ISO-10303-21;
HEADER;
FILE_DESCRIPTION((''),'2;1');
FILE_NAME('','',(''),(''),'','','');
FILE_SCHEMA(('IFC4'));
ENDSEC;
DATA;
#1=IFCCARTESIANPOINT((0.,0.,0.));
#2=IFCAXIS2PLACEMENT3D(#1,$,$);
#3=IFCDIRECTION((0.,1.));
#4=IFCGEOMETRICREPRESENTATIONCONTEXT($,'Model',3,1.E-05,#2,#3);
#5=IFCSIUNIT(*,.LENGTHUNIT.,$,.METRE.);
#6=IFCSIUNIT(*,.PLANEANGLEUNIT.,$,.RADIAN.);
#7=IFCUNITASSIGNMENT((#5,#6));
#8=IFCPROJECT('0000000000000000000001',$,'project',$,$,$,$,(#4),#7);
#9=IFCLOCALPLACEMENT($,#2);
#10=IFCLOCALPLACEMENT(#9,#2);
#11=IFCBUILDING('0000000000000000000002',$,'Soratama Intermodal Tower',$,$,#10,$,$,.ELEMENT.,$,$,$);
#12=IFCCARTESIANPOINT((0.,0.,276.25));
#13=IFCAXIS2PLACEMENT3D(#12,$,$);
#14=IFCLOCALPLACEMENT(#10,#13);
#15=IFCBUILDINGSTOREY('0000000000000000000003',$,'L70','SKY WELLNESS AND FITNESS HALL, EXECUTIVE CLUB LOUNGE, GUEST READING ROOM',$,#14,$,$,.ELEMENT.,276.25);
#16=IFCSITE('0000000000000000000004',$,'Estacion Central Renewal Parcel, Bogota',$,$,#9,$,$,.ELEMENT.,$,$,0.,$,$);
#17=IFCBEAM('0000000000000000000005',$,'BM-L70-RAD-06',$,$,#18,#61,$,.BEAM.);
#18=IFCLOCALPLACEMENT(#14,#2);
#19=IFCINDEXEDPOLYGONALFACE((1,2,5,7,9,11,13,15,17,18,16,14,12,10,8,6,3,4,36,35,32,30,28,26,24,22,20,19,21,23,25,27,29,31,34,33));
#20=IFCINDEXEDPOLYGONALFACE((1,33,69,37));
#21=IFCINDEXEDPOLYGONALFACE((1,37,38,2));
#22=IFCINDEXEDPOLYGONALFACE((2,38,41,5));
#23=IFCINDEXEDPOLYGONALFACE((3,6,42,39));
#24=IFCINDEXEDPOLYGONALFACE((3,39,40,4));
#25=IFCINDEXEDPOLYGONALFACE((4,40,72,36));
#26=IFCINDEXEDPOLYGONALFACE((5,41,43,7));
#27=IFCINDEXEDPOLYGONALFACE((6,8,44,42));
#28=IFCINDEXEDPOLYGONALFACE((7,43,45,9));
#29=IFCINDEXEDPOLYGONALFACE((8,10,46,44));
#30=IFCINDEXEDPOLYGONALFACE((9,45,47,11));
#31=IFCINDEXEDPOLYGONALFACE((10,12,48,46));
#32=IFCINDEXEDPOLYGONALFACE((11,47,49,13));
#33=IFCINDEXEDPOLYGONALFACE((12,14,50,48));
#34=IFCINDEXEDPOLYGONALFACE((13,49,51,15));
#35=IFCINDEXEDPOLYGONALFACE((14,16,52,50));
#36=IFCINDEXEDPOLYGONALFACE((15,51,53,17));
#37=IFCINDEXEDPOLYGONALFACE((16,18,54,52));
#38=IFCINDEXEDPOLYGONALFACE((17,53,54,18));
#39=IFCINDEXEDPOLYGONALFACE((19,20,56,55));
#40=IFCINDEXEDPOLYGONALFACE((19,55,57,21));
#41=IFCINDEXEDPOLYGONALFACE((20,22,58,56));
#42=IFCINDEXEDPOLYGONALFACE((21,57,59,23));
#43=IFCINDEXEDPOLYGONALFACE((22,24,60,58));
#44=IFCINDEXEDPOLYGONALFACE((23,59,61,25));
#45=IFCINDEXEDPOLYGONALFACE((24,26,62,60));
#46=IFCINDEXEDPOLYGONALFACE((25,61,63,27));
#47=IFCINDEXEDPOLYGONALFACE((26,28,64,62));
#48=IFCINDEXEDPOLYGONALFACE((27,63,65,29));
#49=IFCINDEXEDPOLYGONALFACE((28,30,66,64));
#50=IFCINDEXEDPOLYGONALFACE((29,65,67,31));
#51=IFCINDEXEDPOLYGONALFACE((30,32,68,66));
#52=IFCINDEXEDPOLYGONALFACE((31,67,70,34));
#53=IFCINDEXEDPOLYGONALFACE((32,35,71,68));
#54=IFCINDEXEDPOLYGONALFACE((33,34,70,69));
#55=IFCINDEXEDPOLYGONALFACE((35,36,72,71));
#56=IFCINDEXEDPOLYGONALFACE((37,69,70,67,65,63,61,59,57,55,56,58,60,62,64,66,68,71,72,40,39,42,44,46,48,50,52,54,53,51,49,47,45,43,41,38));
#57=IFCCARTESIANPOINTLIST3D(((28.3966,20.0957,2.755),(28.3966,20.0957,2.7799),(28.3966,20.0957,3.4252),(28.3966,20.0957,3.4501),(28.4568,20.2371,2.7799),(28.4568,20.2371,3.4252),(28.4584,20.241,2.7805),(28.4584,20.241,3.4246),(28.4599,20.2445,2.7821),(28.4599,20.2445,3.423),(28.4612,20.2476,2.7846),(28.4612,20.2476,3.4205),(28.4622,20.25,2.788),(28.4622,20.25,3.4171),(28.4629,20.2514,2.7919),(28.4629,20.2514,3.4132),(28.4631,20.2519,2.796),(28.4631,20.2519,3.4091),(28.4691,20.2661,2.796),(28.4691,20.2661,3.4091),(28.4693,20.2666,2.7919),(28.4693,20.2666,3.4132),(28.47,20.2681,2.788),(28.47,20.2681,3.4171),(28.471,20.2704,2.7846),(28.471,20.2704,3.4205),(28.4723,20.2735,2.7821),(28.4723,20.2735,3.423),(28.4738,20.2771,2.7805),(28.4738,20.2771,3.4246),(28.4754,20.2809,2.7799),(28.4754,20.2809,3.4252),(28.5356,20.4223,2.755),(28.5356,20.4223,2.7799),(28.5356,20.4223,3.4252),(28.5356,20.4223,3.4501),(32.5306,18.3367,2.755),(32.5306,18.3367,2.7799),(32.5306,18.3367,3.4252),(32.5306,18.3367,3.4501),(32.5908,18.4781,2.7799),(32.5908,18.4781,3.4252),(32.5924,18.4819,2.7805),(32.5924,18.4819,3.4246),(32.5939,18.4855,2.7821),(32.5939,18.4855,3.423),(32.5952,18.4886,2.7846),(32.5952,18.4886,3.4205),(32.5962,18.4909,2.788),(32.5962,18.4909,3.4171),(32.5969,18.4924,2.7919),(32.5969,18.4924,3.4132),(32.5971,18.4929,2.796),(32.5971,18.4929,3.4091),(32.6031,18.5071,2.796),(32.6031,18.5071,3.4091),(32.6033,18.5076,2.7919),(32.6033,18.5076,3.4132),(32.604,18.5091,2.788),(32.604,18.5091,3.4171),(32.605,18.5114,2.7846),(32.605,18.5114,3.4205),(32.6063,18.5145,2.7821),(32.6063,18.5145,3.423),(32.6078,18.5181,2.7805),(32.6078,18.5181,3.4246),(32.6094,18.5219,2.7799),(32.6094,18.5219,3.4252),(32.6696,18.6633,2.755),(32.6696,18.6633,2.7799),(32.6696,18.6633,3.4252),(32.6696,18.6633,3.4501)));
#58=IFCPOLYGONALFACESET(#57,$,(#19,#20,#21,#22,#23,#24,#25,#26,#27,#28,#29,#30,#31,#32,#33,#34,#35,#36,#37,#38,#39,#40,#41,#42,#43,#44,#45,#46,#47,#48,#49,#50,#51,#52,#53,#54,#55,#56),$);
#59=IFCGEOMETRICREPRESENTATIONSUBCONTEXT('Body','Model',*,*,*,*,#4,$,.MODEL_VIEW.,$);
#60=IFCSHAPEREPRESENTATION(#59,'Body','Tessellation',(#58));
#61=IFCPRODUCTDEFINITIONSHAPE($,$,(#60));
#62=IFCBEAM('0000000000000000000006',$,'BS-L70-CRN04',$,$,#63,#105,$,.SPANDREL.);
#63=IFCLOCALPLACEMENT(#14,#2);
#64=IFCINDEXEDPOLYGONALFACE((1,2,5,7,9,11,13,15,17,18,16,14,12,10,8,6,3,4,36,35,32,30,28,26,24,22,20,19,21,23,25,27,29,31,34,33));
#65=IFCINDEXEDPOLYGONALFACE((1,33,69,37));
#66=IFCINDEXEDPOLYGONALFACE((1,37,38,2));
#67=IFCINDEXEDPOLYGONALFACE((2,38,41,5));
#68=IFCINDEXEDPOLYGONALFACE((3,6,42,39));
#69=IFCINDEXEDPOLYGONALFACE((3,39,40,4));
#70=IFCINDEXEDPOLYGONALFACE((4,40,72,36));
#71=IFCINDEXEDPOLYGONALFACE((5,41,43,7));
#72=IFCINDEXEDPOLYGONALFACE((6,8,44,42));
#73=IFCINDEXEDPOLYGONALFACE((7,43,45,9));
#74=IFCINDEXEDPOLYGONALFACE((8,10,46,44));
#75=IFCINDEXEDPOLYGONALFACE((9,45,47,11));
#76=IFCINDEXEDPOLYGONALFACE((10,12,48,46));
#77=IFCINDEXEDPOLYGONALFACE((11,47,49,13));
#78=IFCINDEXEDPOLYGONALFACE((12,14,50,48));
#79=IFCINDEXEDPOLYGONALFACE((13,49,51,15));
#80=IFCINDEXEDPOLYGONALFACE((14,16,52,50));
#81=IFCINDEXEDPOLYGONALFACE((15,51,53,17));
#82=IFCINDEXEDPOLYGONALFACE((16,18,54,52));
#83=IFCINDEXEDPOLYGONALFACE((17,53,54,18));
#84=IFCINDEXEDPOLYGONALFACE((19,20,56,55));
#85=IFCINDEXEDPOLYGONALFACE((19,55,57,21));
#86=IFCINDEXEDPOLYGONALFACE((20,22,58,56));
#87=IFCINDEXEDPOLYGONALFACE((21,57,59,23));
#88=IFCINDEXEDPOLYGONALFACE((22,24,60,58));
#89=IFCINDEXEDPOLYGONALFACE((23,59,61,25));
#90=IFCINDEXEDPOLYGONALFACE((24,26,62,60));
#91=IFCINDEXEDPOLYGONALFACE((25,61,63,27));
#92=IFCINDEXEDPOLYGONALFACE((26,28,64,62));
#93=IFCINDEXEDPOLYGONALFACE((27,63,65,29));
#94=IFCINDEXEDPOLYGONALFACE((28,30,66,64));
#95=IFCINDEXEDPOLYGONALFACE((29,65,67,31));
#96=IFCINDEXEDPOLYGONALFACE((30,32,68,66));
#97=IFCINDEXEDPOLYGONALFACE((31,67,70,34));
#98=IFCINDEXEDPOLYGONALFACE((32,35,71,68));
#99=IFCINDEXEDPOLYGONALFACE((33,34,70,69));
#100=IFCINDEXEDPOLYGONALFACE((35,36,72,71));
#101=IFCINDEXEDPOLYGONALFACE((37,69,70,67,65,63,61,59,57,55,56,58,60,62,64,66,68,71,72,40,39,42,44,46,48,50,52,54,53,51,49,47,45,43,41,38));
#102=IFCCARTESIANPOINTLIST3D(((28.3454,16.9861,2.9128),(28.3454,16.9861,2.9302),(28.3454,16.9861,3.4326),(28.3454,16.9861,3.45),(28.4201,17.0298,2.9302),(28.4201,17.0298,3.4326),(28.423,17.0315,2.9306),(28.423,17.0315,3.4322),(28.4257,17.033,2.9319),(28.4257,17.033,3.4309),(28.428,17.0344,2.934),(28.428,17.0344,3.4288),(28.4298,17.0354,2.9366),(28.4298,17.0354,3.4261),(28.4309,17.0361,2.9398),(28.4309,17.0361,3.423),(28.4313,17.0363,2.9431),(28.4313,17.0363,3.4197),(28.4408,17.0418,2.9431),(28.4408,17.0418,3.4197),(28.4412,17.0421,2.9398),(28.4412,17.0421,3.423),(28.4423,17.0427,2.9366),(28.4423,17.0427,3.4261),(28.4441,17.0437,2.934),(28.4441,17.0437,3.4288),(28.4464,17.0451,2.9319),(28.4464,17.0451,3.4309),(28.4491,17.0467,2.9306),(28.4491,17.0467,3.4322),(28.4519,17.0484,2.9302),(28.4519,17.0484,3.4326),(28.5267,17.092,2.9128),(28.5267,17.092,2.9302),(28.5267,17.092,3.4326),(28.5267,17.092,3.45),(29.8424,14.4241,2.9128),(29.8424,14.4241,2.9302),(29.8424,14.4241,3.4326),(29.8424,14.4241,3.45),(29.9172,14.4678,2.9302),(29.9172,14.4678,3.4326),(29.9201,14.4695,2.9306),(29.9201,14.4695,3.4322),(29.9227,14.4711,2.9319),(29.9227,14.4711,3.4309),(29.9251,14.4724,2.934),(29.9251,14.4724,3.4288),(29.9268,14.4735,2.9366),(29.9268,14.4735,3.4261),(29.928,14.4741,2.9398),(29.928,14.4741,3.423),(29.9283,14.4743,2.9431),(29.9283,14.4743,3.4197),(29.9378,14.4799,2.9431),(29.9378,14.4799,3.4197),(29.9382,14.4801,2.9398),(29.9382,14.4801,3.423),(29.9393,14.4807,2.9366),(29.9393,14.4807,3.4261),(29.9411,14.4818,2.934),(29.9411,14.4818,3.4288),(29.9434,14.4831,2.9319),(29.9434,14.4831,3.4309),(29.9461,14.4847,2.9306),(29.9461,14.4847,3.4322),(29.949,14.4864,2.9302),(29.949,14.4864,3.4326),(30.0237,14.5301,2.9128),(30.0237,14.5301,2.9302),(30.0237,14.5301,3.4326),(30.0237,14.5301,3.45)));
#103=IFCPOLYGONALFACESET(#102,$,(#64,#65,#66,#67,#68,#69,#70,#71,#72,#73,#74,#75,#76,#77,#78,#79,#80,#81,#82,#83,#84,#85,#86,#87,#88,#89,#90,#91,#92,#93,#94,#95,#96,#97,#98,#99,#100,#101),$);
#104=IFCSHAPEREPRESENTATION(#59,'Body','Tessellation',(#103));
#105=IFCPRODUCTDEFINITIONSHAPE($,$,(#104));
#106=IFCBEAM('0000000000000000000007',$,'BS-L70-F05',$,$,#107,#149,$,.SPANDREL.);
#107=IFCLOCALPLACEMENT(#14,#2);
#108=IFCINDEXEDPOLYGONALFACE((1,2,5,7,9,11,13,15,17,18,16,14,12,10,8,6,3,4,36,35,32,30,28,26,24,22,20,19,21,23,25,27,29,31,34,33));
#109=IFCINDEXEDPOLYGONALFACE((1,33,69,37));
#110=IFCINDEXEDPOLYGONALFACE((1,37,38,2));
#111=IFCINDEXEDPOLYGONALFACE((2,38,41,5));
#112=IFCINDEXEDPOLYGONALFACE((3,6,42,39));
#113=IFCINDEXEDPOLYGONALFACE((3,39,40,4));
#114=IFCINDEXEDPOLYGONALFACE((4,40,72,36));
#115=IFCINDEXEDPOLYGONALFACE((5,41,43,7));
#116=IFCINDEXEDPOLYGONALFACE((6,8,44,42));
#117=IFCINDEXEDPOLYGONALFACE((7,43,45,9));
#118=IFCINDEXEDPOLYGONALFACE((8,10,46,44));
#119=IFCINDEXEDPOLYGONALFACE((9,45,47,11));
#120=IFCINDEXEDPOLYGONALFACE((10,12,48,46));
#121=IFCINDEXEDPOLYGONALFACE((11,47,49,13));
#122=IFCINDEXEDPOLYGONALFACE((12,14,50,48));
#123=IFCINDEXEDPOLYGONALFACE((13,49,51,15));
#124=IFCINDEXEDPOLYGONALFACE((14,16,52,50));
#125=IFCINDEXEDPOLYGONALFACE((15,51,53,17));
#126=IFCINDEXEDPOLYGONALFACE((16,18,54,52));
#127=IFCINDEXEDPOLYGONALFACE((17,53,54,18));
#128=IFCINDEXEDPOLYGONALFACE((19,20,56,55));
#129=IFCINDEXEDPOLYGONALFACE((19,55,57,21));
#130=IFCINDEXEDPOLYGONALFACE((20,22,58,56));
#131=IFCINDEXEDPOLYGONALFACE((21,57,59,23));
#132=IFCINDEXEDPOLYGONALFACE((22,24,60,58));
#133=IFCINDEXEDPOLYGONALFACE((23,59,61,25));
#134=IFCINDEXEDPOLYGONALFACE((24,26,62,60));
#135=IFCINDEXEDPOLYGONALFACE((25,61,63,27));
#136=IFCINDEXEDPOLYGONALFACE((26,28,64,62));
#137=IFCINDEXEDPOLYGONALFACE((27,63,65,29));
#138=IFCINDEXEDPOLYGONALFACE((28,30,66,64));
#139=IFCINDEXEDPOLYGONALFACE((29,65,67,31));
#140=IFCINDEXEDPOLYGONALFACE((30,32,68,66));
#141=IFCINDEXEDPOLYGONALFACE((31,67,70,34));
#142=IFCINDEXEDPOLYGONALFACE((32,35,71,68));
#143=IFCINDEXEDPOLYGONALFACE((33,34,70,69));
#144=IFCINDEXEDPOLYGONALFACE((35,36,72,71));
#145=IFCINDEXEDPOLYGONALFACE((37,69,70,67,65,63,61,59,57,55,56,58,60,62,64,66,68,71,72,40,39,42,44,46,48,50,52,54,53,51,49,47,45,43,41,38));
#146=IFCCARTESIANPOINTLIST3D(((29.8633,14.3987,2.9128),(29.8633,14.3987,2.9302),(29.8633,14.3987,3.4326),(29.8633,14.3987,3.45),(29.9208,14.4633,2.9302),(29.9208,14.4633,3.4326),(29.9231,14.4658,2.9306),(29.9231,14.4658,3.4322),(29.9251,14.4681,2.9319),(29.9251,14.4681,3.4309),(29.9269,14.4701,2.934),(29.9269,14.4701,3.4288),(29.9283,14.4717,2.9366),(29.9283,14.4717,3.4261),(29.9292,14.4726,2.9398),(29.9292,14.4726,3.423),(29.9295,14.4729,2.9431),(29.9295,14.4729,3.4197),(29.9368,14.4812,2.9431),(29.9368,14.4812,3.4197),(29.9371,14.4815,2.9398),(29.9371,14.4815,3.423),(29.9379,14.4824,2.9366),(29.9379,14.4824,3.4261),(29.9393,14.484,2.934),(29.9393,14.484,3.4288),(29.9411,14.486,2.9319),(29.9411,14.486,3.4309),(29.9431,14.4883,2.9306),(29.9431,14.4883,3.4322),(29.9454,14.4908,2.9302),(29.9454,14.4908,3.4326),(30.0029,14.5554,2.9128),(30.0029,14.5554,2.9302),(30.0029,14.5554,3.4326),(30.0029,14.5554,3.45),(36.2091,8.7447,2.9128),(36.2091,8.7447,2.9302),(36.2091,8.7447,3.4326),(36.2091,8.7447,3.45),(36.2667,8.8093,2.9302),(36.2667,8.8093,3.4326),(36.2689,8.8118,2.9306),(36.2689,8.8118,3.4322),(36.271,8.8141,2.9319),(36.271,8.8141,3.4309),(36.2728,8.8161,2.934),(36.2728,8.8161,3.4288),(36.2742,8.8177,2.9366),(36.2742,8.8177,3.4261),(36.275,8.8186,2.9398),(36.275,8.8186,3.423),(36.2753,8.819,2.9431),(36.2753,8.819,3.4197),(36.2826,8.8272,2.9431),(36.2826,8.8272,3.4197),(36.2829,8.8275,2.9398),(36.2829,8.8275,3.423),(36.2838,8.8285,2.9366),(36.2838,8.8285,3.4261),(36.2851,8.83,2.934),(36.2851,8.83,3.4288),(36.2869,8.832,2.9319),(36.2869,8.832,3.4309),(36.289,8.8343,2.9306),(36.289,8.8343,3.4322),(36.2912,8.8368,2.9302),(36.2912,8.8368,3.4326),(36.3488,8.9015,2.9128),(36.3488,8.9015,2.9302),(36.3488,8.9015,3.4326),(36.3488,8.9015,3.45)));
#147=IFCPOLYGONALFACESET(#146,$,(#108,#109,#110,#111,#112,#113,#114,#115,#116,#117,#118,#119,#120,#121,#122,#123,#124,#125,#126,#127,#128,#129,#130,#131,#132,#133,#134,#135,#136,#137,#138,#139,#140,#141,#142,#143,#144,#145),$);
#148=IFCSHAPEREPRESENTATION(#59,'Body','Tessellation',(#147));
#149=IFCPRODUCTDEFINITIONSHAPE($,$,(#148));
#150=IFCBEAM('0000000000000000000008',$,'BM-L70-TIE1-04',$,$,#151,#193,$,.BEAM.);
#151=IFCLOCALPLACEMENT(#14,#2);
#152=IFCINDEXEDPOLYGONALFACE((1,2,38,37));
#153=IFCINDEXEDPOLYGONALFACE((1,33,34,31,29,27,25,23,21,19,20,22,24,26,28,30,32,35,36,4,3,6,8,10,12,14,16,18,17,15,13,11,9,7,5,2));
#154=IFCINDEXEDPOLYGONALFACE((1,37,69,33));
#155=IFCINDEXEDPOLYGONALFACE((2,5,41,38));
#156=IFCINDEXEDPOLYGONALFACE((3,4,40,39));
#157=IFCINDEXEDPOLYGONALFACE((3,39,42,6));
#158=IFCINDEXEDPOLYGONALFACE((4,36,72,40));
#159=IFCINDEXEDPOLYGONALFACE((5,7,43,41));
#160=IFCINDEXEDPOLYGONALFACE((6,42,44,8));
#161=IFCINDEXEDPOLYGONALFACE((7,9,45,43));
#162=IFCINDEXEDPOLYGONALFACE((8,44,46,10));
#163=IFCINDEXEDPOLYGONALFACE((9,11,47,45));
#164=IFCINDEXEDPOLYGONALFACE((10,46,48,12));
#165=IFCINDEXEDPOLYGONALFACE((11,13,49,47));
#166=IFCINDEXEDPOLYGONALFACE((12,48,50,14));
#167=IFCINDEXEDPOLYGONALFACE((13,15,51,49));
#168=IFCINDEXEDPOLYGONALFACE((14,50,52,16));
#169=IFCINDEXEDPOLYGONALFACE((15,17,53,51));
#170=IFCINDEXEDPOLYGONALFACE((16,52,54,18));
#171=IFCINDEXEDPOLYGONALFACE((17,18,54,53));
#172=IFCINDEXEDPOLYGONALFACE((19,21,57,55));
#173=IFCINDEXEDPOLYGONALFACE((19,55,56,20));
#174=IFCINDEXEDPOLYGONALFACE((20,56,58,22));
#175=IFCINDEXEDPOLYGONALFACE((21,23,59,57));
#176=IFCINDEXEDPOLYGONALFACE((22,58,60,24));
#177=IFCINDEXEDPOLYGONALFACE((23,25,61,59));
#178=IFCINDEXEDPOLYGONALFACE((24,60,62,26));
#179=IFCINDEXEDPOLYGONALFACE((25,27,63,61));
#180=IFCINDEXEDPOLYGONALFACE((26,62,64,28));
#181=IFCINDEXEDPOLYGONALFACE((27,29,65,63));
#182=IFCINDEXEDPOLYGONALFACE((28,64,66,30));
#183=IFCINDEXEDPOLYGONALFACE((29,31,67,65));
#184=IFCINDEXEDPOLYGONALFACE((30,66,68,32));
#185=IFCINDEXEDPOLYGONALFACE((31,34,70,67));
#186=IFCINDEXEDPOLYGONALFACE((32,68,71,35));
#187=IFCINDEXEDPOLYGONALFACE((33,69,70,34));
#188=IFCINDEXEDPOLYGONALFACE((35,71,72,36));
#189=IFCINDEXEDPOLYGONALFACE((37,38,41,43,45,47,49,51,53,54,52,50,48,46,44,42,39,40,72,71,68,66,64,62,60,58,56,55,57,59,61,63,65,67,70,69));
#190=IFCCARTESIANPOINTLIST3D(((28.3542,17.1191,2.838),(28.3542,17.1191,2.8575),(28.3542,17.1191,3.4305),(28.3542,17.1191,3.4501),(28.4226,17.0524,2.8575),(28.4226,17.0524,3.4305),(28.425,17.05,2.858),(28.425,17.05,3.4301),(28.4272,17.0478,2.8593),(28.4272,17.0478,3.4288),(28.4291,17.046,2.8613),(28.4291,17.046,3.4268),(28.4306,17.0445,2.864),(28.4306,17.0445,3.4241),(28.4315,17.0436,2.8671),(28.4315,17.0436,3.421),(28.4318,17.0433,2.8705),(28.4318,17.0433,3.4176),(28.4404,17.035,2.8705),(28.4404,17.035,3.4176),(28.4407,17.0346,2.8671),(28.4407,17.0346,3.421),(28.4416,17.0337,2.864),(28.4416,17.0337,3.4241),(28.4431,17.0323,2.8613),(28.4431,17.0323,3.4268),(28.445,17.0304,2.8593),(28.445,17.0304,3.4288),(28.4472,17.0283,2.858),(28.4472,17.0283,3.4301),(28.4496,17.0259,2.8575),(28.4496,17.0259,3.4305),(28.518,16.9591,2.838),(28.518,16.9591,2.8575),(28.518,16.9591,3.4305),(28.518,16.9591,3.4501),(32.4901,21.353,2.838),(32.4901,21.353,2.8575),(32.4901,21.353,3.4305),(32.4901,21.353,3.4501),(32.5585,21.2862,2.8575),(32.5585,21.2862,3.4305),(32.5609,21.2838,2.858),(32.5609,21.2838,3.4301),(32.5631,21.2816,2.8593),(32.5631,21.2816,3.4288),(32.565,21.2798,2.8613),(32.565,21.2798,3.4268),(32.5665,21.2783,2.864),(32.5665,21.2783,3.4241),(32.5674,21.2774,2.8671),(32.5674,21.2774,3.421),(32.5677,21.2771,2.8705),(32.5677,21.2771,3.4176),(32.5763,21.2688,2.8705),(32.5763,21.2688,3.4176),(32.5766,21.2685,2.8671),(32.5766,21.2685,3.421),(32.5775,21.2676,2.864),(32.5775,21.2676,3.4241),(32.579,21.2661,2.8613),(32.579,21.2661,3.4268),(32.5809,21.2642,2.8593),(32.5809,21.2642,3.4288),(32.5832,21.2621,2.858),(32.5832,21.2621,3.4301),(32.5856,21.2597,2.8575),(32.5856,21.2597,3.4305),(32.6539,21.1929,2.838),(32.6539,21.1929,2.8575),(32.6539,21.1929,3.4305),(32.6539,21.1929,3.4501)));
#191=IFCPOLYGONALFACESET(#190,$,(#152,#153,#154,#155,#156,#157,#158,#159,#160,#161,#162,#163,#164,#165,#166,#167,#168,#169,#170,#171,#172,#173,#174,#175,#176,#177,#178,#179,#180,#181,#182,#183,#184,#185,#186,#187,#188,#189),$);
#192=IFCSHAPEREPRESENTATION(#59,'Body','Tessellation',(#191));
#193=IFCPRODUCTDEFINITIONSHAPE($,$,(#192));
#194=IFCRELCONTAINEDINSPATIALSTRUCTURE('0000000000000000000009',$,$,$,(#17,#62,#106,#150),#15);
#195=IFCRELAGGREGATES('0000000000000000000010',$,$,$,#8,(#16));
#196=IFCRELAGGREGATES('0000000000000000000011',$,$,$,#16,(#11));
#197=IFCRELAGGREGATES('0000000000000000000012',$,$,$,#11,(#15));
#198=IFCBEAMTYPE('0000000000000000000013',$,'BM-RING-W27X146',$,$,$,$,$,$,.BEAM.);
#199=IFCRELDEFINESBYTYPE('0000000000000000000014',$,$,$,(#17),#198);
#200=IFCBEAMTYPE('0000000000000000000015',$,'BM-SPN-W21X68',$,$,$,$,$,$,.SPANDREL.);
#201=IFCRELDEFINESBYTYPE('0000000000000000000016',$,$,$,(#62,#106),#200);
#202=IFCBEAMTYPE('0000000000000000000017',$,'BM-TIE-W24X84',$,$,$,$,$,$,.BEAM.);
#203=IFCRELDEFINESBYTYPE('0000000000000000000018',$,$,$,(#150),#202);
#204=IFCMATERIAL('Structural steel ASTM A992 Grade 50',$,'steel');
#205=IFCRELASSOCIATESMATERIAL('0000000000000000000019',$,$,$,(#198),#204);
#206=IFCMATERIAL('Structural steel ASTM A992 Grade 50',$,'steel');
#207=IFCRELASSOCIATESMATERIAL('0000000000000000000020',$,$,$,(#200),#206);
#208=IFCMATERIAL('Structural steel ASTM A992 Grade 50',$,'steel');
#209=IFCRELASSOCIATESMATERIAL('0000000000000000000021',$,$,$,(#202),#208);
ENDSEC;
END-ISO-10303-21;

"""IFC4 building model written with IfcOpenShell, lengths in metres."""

from ifc_helpers import new_model, si_unit, direction, frame, origin, origin_2d, place, context, subcontext, project, spatial, i_section, extrude, material, material_profile, profile_set, type_object, element, save


model = new_model("IFC4")

# Units and contexts
model_context = context("Model", 3, precision=1e-05, world=origin(), true_north=direction((0.0, 1.0)))
body_context = subcontext(model_context, "Body", "Model", "MODEL_VIEW")
ifc_project = project(units=[si_unit("LENGTHUNIT", "METRE"), si_unit("PLANEANGLEUNIT", "RADIAN")], contexts=[model_context])

# Site, building, storey
site_placement = place(None, origin())
site = spatial("IfcSite", under=ifc_project, at=site_placement, Name="Estacion Central Renewal Parcel, Bogota", CompositionType="ELEMENT", RefElevation=0.0)
building_placement = place(site_placement, origin())
building = spatial("IfcBuilding", under=site, at=building_placement, Name="Soratama Intermodal Tower", CompositionType="ELEMENT")
storey_placement = place(building_placement, frame((0.0, 0.0, 276.25)))
storey = spatial("IfcBuildingStorey", under=building, at=storey_placement, Name="L70", Description="SKY WELLNESS AND FITNESS HALL, EXECUTIVE CLUB LOUNGE, GUEST READING ROOM", CompositionType="ELEMENT", Elevation=276.25)

# Beams
ifc_material_1 = material(Name="Structural steel ASTM A992 Grade 50", Category="steel")
ifc_material_profile_1 = material_profile(ifc_material_1, i_section(OverallWidth=0.355, OverallDepth=0.6951, WebThickness=0.0154, FlangeThickness=0.0249, FilletRadius=0.0161, at=origin_2d()), Name="W27X146")
ifc_profile_set_1 = profile_set([ifc_material_profile_1], Name="Structural steel ASTM A992 Grade 50")
beam_type_1 = type_object("IfcBeamType", Name="BM-RING-W27X146", PredefinedType="BEAM", material=ifc_profile_set_1)
beam_1_placement = place(storey_placement, frame((32.6001, 18.5, 3.1025), z_axis=(-0.920165, 0.391531, 0.0), x_axis=(-0.391531, -0.920165, 0.0)))
element("IfcBeam", 1, at=beam_1_placement, inside=storey, type_object=beam_type_1, Name="BM-L70-RAD-06", PredefinedType="BEAM", context=body_context, shape_type="SweptSolid", body=[
    extrude(i_section(OverallWidth=0.355, OverallDepth=0.6951, WebThickness=0.0154, FlangeThickness=0.0249, FilletRadius=0.0161, at=origin_2d()), origin(), (0.0, 0.0, 1.0), 4.4927),
])
ifc_material_2 = material(Name="Structural steel ASTM A992 Grade 50", Category="steel")
ifc_material_profile_2 = material_profile(ifc_material_2, i_section(OverallWidth=0.21, OverallDepth=0.5371, WebThickness=0.011, FlangeThickness=0.0173, FilletRadius=0.0129, at=origin_2d()), Name="W21X68")
ifc_profile_set_2 = profile_set([ifc_material_profile_2], Name="Structural steel ASTM A992 Grade 50")
beam_type_2 = type_object("IfcBeamType", Name="BM-SPN-W21X68", PredefinedType="SPANDREL", material=ifc_profile_set_2)
beam_2_placement = place(storey_placement, frame((28.436, 17.0391, 3.1814), z_axis=(0.504515, -0.863403, 0.0), x_axis=(0.863403, 0.504515, 0.0)))
element("IfcBeam", 2, at=beam_2_placement, inside=storey, type_object=beam_type_2, Name="BS-L70-CRN04", PredefinedType="SPANDREL", context=body_context, shape_type="SweptSolid", body=[
    extrude(i_section(OverallWidth=0.21, OverallDepth=0.5371, WebThickness=0.011, FlangeThickness=0.0173, FilletRadius=0.0129, at=origin_2d()), origin(), (0.0, 0.0, 1.0), 2.9673),
])
beam_3_placement = place(storey_placement, frame((29.9331, 14.4771, 3.1814), z_axis=(0.746637, -0.665232, 0.0), x_axis=(0.665232, 0.746637, 0.0)))
element("IfcBeam", 3, at=beam_3_placement, inside=storey, type_object=beam_type_2, Name="BS-L70-F05", PredefinedType="SPANDREL", context=body_context, shape_type="SweptSolid", body=[
    extrude(i_section(OverallWidth=0.21, OverallDepth=0.5371, WebThickness=0.011, FlangeThickness=0.0173, FilletRadius=0.0129, at=origin_2d()), origin(), (0.0, 0.0, 1.0), 8.4993),
])
ifc_material_3 = material(Name="Structural steel ASTM A992 Grade 50", Category="steel")
ifc_material_profile_3 = material_profile(ifc_material_3, i_section(OverallWidth=0.229, OverallDepth=0.6121, WebThickness=0.012, FlangeThickness=0.0195, FilletRadius=0.0129, at=origin_2d()), Name="W24X84")
ifc_profile_set_3 = profile_set([ifc_material_profile_3], Name="Structural steel ASTM A992 Grade 50")
beam_type_3 = type_object("IfcBeamType", Name="BM-TIE-W24X84", PredefinedType="BEAM", material=ifc_profile_set_3)
beam_4_placement = place(storey_placement, frame((32.572, 21.2729, 3.144), z_axis=(-0.698788, -0.715329, 0.0), x_axis=(0.715329, -0.698788, 0.0)))
element("IfcBeam", 4, at=beam_4_placement, inside=storey, type_object=beam_type_3, Name="BM-L70-TIE1-04", PredefinedType="BEAM", context=body_context, shape_type="SweptSolid", body=[
    extrude(i_section(OverallWidth=0.229, OverallDepth=0.6121, WebThickness=0.012, FlangeThickness=0.0195, FilletRadius=0.0129, at=origin_2d()), origin(), (0.0, 0.0, 1.0), 5.9187),
])

save(model, "model.ifc")
